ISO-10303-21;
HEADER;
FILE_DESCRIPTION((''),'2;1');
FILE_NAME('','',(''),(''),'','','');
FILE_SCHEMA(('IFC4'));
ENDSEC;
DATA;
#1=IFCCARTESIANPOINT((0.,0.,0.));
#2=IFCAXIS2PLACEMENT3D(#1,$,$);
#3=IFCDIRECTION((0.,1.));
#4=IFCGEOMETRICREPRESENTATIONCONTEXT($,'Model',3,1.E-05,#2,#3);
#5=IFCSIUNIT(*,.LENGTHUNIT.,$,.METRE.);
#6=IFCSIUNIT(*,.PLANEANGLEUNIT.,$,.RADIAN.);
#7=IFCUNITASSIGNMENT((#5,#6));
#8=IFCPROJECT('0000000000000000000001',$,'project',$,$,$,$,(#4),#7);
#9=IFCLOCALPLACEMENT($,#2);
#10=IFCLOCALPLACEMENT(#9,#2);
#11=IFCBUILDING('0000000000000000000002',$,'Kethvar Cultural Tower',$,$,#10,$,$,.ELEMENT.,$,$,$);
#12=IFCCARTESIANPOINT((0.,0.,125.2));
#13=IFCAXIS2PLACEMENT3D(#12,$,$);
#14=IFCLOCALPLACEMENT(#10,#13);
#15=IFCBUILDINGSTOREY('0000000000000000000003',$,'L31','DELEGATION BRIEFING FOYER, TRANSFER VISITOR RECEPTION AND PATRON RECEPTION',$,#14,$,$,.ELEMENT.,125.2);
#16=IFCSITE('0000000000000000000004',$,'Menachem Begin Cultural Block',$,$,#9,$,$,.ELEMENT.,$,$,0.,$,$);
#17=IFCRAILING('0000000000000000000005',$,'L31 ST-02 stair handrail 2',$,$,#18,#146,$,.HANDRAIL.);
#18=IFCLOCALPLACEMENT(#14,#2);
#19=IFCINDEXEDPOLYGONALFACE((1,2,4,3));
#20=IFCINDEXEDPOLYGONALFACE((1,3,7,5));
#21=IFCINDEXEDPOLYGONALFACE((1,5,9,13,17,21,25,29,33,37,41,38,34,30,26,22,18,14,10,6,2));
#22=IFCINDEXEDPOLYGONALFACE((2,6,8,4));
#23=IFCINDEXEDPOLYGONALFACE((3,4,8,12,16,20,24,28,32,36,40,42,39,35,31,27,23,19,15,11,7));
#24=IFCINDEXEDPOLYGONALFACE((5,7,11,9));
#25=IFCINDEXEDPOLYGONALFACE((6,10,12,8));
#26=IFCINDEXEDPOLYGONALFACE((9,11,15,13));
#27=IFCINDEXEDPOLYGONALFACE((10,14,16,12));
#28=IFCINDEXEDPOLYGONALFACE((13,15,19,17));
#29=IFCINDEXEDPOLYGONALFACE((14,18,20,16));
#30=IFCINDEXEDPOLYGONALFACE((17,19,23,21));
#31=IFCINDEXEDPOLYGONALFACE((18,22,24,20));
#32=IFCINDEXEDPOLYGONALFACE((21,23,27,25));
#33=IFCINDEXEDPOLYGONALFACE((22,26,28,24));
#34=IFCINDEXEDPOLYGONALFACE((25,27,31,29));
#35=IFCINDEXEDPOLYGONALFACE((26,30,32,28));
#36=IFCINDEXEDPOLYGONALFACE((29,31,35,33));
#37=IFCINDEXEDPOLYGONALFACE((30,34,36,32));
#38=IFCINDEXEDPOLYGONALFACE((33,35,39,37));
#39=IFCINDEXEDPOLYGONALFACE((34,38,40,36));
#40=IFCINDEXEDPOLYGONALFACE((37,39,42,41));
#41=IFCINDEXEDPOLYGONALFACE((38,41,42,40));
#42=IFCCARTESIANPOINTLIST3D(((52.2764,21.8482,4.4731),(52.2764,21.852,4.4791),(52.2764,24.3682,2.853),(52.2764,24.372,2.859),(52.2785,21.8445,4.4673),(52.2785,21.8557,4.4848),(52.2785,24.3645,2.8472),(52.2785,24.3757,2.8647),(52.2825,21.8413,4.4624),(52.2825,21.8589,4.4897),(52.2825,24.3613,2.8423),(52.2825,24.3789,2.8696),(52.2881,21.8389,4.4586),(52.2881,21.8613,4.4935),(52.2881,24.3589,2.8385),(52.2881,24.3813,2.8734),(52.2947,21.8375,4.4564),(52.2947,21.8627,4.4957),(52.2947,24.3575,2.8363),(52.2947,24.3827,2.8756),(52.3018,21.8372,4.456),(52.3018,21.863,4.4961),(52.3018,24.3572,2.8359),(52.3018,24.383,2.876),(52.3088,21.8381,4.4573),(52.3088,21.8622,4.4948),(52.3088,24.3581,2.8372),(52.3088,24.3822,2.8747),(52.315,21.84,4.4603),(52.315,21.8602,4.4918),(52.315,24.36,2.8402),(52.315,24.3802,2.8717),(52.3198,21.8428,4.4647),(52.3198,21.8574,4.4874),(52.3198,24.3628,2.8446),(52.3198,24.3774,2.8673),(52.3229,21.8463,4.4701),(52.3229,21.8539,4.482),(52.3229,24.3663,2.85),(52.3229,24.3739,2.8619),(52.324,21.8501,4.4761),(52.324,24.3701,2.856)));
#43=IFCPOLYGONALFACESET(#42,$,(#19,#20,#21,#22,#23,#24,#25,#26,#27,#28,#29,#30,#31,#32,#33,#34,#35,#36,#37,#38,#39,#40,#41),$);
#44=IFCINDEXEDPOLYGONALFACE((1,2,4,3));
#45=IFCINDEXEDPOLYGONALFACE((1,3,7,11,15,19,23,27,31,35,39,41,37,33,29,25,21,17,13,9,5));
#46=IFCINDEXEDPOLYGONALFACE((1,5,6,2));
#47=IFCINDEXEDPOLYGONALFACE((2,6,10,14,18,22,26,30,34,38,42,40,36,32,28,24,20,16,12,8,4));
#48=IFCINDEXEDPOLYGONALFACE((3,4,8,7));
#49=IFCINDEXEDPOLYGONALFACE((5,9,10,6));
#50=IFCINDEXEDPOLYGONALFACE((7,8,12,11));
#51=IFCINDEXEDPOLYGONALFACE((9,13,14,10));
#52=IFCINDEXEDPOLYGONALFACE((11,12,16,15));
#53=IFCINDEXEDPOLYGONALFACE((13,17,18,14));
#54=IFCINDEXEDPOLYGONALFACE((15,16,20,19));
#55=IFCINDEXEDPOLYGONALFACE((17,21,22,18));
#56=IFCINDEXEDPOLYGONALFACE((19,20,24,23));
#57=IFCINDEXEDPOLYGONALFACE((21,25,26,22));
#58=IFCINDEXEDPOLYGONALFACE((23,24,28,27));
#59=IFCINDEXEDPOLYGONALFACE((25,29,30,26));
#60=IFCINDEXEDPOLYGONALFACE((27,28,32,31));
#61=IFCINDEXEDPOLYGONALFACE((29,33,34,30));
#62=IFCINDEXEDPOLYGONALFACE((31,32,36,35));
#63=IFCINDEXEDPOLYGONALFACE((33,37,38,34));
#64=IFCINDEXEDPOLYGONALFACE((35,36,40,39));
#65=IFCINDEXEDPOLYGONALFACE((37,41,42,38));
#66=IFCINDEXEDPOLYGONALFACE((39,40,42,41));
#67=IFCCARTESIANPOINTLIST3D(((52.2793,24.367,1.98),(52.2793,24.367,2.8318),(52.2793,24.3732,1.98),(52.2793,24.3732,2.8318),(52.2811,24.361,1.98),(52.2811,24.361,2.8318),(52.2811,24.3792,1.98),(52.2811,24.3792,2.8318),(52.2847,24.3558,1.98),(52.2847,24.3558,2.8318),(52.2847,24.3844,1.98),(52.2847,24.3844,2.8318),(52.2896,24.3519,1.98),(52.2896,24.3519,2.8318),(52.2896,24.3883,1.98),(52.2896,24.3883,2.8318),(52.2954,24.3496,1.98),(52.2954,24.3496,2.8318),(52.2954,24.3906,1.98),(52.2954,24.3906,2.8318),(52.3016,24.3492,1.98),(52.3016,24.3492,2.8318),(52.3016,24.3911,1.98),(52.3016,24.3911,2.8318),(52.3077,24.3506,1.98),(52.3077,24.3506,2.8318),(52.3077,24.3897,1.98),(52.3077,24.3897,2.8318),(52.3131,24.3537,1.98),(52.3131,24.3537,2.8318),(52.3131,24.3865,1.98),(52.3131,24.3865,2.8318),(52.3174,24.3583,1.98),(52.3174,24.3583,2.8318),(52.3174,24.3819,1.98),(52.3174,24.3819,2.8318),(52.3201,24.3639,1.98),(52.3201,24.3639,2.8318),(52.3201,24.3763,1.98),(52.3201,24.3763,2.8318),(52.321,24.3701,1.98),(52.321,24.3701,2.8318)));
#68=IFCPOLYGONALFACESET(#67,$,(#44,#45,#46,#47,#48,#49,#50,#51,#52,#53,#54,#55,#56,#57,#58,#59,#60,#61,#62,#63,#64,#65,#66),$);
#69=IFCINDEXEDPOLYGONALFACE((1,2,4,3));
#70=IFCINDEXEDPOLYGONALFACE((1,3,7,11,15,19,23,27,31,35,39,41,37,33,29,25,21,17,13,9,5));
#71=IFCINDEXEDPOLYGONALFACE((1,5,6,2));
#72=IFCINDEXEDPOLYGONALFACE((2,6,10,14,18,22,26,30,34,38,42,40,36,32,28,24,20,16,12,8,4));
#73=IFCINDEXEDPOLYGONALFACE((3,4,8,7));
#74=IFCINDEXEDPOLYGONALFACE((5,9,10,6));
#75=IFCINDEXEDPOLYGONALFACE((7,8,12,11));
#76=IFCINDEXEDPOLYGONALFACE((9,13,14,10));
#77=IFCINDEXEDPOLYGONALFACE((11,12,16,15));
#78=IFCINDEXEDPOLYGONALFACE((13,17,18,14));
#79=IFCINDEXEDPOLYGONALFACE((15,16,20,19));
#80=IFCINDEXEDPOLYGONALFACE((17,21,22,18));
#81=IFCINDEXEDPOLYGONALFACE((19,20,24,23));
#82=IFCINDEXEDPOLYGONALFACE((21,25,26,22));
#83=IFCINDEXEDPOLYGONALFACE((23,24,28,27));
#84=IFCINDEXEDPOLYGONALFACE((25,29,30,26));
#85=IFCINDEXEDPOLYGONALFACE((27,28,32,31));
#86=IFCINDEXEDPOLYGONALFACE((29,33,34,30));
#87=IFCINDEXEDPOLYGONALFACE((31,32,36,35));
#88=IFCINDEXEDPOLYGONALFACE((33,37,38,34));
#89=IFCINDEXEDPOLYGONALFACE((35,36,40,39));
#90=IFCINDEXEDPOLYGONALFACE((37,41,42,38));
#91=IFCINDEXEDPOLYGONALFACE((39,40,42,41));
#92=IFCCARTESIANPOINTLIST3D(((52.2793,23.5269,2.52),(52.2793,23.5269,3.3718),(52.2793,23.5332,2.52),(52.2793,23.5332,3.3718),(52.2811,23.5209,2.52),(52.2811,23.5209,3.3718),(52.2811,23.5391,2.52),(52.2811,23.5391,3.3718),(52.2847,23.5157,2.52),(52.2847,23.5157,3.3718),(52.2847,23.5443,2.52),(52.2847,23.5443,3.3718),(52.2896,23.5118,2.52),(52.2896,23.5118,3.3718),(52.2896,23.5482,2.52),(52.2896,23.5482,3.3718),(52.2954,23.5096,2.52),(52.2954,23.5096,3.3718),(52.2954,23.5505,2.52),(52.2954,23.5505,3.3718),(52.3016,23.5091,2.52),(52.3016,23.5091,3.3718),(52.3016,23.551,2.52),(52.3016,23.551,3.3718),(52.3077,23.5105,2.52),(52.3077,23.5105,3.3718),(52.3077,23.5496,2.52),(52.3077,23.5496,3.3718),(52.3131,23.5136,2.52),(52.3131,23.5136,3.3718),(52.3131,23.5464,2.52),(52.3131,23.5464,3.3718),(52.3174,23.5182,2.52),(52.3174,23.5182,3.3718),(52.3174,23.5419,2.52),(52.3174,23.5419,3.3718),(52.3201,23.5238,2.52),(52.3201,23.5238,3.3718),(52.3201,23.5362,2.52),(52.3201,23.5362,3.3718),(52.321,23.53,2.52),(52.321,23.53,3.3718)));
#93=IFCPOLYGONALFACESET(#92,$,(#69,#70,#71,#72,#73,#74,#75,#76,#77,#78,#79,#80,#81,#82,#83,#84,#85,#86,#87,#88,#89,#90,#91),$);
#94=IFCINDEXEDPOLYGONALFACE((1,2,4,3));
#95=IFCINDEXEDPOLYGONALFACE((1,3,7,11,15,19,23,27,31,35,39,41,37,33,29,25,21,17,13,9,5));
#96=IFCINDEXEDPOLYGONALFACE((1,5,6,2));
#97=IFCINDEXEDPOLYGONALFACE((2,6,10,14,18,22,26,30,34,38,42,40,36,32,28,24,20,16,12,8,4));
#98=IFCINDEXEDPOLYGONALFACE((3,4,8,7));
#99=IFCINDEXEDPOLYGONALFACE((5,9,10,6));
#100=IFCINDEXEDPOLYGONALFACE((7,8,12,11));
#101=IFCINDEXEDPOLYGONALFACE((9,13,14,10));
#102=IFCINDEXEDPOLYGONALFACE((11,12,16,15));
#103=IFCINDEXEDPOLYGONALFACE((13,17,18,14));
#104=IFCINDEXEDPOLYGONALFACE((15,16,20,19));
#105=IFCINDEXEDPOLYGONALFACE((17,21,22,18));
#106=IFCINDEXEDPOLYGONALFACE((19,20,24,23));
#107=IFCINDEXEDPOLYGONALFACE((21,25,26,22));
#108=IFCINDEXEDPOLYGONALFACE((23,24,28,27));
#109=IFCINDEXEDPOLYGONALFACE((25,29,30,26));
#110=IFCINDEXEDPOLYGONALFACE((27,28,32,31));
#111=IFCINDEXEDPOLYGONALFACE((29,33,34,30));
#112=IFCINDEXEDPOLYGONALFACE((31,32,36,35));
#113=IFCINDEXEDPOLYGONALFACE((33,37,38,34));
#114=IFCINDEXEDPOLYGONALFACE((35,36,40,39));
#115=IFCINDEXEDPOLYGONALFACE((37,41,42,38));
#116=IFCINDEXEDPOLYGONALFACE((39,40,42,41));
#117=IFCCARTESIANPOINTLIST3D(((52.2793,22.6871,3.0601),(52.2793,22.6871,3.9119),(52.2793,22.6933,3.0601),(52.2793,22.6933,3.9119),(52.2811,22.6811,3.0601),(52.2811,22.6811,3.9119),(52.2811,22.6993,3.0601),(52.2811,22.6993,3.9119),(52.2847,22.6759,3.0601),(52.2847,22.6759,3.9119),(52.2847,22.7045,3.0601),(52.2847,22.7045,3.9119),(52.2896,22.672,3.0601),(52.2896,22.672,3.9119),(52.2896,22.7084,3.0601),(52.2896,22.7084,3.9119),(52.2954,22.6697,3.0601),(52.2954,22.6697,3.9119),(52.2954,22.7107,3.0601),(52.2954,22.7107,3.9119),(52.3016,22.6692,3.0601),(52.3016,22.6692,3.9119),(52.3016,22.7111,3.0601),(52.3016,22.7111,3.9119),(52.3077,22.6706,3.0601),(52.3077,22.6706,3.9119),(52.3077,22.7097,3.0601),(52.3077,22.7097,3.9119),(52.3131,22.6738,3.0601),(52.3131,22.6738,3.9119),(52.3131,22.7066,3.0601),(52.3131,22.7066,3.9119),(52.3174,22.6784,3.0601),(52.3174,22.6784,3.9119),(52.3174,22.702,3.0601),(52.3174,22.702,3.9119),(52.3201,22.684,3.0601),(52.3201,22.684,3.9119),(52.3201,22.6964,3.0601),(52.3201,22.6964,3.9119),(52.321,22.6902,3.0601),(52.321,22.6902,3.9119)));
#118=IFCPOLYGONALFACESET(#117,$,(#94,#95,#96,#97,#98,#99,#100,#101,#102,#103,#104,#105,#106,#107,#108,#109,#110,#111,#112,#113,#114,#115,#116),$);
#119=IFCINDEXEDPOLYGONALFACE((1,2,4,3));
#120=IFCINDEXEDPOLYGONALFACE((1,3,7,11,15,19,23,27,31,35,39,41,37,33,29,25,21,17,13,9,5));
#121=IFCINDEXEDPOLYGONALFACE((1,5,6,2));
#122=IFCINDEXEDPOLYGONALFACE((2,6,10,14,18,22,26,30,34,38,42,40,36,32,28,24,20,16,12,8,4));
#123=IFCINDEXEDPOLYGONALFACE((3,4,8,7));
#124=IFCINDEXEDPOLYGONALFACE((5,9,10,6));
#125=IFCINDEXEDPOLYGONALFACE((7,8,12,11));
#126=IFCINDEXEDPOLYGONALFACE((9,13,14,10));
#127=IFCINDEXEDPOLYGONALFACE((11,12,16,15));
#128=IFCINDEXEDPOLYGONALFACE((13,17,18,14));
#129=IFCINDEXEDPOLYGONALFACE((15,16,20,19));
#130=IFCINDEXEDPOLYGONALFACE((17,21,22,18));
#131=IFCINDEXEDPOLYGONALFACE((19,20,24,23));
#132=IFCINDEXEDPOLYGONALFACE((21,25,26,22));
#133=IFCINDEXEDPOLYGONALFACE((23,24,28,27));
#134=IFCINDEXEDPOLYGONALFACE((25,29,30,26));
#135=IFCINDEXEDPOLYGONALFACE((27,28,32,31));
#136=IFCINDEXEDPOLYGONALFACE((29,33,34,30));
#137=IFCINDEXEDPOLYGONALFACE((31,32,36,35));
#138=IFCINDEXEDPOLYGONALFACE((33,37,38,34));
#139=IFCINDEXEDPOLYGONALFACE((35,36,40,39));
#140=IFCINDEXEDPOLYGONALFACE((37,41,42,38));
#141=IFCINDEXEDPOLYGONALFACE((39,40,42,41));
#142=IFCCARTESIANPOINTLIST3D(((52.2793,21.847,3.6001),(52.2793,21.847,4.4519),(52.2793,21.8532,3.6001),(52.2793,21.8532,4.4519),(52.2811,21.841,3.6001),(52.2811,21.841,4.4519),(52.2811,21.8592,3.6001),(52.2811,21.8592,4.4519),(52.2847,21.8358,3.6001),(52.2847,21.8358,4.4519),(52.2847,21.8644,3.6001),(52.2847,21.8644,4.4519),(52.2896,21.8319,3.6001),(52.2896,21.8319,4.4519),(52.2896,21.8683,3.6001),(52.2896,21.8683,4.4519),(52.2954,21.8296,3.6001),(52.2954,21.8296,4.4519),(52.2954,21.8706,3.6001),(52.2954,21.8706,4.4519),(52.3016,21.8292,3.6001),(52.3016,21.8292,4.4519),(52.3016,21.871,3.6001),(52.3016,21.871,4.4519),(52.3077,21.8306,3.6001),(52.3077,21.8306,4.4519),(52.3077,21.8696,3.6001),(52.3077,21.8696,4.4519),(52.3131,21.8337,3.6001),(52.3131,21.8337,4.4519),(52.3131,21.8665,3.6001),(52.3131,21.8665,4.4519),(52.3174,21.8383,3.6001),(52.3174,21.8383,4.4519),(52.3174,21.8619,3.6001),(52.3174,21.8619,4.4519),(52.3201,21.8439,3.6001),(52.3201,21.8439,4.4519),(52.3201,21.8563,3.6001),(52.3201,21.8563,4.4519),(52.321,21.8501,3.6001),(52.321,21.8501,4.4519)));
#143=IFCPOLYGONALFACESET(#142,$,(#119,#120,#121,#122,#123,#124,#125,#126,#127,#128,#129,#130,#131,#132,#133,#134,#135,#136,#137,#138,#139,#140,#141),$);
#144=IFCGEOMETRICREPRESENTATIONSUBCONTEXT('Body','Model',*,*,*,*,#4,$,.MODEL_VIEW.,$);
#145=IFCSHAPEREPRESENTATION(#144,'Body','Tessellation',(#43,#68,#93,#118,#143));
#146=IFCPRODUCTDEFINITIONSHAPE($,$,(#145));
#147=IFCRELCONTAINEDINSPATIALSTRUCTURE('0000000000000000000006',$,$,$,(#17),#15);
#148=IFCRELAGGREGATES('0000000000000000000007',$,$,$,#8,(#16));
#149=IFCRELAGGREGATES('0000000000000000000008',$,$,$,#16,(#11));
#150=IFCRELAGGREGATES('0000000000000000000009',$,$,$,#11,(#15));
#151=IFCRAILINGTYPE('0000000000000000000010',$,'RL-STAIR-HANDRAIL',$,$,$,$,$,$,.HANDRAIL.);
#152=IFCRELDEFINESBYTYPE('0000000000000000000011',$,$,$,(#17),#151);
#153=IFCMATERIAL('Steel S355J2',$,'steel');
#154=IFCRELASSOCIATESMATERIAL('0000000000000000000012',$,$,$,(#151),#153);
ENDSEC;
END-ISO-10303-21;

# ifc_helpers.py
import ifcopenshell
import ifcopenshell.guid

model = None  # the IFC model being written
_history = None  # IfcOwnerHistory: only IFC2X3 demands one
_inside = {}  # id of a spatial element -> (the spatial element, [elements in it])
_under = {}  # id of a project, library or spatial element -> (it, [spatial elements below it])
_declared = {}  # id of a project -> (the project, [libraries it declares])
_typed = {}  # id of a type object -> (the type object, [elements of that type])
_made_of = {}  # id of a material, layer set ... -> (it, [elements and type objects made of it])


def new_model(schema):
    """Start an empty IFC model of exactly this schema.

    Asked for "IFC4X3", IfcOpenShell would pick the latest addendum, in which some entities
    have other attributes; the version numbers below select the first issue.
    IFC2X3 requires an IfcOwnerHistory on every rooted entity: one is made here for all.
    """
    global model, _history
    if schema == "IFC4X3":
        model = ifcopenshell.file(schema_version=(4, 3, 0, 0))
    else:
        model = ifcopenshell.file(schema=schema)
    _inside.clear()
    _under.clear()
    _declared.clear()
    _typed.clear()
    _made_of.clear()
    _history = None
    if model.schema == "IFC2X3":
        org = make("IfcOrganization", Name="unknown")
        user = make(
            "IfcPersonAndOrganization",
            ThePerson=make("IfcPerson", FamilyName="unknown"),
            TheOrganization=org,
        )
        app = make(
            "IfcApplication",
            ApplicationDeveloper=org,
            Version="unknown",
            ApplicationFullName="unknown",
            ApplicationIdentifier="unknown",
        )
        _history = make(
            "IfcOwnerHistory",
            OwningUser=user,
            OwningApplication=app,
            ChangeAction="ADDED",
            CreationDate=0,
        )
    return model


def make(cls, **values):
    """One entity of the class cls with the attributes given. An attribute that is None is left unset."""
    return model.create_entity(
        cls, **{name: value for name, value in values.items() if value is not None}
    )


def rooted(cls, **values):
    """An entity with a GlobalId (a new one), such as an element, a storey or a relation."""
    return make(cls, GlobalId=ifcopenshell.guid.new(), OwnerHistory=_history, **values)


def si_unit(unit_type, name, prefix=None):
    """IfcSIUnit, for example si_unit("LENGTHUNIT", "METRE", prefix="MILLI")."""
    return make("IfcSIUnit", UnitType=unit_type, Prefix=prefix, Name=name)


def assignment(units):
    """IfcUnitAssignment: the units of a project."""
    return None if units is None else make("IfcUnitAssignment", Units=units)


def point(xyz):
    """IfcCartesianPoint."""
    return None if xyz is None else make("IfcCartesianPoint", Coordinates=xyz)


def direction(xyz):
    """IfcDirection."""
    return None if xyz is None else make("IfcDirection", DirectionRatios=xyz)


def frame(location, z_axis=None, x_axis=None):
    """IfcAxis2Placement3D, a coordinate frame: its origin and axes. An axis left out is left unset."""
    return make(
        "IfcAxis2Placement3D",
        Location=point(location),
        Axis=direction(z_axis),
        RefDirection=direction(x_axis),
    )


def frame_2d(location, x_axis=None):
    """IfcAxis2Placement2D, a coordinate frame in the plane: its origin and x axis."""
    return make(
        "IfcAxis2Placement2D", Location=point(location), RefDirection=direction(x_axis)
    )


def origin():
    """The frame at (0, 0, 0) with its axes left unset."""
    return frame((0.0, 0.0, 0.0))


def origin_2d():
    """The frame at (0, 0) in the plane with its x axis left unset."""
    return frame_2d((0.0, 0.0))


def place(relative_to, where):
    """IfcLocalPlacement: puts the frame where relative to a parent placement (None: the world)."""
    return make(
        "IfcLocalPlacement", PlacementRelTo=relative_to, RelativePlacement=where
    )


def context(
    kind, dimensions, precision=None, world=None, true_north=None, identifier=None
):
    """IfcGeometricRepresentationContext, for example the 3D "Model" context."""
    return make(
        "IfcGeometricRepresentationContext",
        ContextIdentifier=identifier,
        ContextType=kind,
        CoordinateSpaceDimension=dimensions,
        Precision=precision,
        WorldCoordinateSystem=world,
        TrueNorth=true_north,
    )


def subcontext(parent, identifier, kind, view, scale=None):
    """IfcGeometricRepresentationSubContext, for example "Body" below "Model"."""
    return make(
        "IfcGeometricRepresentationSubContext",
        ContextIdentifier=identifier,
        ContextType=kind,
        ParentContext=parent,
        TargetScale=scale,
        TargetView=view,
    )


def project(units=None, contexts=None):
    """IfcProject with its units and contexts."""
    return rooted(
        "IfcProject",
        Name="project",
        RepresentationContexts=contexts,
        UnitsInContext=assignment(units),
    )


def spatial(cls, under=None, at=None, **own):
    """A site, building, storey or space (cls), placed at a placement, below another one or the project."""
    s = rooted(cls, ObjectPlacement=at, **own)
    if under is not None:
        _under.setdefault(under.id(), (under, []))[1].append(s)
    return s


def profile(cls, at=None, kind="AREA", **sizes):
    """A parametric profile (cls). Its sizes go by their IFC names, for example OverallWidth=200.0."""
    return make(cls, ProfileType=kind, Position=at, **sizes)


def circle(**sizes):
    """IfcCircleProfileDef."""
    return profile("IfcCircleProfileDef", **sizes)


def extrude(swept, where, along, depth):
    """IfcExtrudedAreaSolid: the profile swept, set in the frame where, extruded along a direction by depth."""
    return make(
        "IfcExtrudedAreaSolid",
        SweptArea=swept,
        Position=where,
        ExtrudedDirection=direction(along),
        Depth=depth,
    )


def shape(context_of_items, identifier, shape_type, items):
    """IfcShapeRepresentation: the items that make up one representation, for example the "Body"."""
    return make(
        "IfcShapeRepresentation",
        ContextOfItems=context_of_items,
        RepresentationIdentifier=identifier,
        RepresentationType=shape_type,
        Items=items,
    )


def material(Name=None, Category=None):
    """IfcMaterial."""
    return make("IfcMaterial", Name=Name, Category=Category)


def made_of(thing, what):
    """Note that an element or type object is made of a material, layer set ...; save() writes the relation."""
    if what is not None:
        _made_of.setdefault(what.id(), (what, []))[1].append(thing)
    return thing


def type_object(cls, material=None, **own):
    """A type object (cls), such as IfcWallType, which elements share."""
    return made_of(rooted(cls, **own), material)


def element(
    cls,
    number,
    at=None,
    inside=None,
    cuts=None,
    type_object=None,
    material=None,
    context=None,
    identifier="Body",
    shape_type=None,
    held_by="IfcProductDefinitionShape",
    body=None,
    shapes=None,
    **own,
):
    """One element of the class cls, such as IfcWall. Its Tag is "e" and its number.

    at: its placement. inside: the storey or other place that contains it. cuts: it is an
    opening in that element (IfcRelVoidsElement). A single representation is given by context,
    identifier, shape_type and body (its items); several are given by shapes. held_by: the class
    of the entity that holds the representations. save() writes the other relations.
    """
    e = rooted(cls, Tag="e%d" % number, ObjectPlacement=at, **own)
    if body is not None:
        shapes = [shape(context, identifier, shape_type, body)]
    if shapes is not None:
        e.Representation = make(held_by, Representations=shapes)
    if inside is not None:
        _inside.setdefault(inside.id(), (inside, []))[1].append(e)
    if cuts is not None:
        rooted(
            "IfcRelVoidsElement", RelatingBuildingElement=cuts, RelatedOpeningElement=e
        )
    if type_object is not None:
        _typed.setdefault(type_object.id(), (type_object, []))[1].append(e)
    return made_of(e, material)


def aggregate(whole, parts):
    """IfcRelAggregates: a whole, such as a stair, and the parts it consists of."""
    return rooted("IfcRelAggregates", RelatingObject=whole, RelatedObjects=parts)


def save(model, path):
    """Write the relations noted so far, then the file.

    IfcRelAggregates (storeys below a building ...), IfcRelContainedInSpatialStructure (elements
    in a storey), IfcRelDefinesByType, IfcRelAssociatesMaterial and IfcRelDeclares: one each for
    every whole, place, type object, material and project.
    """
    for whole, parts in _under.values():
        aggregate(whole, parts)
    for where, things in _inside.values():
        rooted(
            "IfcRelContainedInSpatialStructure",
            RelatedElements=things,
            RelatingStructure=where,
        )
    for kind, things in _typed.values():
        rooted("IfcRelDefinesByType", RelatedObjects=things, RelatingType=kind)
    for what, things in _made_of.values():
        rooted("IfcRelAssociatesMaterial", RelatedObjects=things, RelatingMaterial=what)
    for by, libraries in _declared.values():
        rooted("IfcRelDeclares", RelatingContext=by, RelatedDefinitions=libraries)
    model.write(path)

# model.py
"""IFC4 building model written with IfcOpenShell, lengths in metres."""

from ifc_helpers import new_model, si_unit, direction, frame, origin, origin_2d, place, context, subcontext, project, spatial, circle, extrude, material, type_object, element, save


model = new_model("IFC4")

# Units and contexts
model_context = context("Model", 3, precision=1e-05, world=origin(), true_north=direction((0.0, 1.0)))
body_context = subcontext(model_context, "Body", "Model", "MODEL_VIEW")
ifc_project = project(units=[si_unit("LENGTHUNIT", "METRE"), si_unit("PLANEANGLEUNIT", "RADIAN")], contexts=[model_context])

# Site, building, storey
site_placement = place(None, origin())
site = spatial("IfcSite", under=ifc_project, at=site_placement, Name="Menachem Begin Cultural Block", CompositionType="ELEMENT", RefElevation=0.0)
building_placement = place(site_placement, origin())
building = spatial("IfcBuilding", under=site, at=building_placement, Name="Kethvar Cultural Tower", CompositionType="ELEMENT")
storey_placement = place(building_placement, frame((0.0, 0.0, 125.2)))
storey = spatial("IfcBuildingStorey", under=building, at=storey_placement, Name="L31", Description="DELEGATION BRIEFING FOYER, TRANSFER VISITOR RECEPTION AND PATRON RECEPTION", CompositionType="ELEMENT", Elevation=125.2)

# Shared definitions
ifc_material_1 = material(Name="Steel S355J2", Category="steel")

# Railing
railing_type_1 = type_object("IfcRailingType", Name="RL-STAIR-HANDRAIL", PredefinedType="HANDRAIL", material=ifc_material_1)
railing_1_placement = place(storey_placement, frame((52.3, 24.3701, 1.98)))
element("IfcRailing", 1, at=railing_1_placement, inside=storey, type_object=railing_type_1, Name="L31 ST-02 stair handrail 2", PredefinedType="HANDRAIL", context=body_context, shape_type="SweptSolid", body=[
    extrude(circle(Radius=0.0239, at=origin_2d()), frame((0.0, 0.0, 0.876), z_axis=(0.0, -0.841163, 0.540782), x_axis=(1.0, 0.0, 0.0)), (0.0, 0.0, 1.0), 2.9958),
    extrude(circle(Radius=0.021, at=origin_2d()), origin(), (0.0, 0.0, 1.0), 0.8518),
    extrude(circle(Radius=0.021, at=origin_2d()), frame((0.0, -0.8401, 0.54)), (0.0, 0.0, 1.0), 0.8518),
    extrude(circle(Radius=0.021, at=origin_2d()), frame((0.0, -1.6799, 1.0801)), (0.0, 0.0, 1.0), 0.8518),
    extrude(circle(Radius=0.021, at=origin_2d()), frame((0.0, -2.52, 1.6201)), (0.0, 0.0, 1.0), 0.8518),
])

save(model, "model.ifc")
